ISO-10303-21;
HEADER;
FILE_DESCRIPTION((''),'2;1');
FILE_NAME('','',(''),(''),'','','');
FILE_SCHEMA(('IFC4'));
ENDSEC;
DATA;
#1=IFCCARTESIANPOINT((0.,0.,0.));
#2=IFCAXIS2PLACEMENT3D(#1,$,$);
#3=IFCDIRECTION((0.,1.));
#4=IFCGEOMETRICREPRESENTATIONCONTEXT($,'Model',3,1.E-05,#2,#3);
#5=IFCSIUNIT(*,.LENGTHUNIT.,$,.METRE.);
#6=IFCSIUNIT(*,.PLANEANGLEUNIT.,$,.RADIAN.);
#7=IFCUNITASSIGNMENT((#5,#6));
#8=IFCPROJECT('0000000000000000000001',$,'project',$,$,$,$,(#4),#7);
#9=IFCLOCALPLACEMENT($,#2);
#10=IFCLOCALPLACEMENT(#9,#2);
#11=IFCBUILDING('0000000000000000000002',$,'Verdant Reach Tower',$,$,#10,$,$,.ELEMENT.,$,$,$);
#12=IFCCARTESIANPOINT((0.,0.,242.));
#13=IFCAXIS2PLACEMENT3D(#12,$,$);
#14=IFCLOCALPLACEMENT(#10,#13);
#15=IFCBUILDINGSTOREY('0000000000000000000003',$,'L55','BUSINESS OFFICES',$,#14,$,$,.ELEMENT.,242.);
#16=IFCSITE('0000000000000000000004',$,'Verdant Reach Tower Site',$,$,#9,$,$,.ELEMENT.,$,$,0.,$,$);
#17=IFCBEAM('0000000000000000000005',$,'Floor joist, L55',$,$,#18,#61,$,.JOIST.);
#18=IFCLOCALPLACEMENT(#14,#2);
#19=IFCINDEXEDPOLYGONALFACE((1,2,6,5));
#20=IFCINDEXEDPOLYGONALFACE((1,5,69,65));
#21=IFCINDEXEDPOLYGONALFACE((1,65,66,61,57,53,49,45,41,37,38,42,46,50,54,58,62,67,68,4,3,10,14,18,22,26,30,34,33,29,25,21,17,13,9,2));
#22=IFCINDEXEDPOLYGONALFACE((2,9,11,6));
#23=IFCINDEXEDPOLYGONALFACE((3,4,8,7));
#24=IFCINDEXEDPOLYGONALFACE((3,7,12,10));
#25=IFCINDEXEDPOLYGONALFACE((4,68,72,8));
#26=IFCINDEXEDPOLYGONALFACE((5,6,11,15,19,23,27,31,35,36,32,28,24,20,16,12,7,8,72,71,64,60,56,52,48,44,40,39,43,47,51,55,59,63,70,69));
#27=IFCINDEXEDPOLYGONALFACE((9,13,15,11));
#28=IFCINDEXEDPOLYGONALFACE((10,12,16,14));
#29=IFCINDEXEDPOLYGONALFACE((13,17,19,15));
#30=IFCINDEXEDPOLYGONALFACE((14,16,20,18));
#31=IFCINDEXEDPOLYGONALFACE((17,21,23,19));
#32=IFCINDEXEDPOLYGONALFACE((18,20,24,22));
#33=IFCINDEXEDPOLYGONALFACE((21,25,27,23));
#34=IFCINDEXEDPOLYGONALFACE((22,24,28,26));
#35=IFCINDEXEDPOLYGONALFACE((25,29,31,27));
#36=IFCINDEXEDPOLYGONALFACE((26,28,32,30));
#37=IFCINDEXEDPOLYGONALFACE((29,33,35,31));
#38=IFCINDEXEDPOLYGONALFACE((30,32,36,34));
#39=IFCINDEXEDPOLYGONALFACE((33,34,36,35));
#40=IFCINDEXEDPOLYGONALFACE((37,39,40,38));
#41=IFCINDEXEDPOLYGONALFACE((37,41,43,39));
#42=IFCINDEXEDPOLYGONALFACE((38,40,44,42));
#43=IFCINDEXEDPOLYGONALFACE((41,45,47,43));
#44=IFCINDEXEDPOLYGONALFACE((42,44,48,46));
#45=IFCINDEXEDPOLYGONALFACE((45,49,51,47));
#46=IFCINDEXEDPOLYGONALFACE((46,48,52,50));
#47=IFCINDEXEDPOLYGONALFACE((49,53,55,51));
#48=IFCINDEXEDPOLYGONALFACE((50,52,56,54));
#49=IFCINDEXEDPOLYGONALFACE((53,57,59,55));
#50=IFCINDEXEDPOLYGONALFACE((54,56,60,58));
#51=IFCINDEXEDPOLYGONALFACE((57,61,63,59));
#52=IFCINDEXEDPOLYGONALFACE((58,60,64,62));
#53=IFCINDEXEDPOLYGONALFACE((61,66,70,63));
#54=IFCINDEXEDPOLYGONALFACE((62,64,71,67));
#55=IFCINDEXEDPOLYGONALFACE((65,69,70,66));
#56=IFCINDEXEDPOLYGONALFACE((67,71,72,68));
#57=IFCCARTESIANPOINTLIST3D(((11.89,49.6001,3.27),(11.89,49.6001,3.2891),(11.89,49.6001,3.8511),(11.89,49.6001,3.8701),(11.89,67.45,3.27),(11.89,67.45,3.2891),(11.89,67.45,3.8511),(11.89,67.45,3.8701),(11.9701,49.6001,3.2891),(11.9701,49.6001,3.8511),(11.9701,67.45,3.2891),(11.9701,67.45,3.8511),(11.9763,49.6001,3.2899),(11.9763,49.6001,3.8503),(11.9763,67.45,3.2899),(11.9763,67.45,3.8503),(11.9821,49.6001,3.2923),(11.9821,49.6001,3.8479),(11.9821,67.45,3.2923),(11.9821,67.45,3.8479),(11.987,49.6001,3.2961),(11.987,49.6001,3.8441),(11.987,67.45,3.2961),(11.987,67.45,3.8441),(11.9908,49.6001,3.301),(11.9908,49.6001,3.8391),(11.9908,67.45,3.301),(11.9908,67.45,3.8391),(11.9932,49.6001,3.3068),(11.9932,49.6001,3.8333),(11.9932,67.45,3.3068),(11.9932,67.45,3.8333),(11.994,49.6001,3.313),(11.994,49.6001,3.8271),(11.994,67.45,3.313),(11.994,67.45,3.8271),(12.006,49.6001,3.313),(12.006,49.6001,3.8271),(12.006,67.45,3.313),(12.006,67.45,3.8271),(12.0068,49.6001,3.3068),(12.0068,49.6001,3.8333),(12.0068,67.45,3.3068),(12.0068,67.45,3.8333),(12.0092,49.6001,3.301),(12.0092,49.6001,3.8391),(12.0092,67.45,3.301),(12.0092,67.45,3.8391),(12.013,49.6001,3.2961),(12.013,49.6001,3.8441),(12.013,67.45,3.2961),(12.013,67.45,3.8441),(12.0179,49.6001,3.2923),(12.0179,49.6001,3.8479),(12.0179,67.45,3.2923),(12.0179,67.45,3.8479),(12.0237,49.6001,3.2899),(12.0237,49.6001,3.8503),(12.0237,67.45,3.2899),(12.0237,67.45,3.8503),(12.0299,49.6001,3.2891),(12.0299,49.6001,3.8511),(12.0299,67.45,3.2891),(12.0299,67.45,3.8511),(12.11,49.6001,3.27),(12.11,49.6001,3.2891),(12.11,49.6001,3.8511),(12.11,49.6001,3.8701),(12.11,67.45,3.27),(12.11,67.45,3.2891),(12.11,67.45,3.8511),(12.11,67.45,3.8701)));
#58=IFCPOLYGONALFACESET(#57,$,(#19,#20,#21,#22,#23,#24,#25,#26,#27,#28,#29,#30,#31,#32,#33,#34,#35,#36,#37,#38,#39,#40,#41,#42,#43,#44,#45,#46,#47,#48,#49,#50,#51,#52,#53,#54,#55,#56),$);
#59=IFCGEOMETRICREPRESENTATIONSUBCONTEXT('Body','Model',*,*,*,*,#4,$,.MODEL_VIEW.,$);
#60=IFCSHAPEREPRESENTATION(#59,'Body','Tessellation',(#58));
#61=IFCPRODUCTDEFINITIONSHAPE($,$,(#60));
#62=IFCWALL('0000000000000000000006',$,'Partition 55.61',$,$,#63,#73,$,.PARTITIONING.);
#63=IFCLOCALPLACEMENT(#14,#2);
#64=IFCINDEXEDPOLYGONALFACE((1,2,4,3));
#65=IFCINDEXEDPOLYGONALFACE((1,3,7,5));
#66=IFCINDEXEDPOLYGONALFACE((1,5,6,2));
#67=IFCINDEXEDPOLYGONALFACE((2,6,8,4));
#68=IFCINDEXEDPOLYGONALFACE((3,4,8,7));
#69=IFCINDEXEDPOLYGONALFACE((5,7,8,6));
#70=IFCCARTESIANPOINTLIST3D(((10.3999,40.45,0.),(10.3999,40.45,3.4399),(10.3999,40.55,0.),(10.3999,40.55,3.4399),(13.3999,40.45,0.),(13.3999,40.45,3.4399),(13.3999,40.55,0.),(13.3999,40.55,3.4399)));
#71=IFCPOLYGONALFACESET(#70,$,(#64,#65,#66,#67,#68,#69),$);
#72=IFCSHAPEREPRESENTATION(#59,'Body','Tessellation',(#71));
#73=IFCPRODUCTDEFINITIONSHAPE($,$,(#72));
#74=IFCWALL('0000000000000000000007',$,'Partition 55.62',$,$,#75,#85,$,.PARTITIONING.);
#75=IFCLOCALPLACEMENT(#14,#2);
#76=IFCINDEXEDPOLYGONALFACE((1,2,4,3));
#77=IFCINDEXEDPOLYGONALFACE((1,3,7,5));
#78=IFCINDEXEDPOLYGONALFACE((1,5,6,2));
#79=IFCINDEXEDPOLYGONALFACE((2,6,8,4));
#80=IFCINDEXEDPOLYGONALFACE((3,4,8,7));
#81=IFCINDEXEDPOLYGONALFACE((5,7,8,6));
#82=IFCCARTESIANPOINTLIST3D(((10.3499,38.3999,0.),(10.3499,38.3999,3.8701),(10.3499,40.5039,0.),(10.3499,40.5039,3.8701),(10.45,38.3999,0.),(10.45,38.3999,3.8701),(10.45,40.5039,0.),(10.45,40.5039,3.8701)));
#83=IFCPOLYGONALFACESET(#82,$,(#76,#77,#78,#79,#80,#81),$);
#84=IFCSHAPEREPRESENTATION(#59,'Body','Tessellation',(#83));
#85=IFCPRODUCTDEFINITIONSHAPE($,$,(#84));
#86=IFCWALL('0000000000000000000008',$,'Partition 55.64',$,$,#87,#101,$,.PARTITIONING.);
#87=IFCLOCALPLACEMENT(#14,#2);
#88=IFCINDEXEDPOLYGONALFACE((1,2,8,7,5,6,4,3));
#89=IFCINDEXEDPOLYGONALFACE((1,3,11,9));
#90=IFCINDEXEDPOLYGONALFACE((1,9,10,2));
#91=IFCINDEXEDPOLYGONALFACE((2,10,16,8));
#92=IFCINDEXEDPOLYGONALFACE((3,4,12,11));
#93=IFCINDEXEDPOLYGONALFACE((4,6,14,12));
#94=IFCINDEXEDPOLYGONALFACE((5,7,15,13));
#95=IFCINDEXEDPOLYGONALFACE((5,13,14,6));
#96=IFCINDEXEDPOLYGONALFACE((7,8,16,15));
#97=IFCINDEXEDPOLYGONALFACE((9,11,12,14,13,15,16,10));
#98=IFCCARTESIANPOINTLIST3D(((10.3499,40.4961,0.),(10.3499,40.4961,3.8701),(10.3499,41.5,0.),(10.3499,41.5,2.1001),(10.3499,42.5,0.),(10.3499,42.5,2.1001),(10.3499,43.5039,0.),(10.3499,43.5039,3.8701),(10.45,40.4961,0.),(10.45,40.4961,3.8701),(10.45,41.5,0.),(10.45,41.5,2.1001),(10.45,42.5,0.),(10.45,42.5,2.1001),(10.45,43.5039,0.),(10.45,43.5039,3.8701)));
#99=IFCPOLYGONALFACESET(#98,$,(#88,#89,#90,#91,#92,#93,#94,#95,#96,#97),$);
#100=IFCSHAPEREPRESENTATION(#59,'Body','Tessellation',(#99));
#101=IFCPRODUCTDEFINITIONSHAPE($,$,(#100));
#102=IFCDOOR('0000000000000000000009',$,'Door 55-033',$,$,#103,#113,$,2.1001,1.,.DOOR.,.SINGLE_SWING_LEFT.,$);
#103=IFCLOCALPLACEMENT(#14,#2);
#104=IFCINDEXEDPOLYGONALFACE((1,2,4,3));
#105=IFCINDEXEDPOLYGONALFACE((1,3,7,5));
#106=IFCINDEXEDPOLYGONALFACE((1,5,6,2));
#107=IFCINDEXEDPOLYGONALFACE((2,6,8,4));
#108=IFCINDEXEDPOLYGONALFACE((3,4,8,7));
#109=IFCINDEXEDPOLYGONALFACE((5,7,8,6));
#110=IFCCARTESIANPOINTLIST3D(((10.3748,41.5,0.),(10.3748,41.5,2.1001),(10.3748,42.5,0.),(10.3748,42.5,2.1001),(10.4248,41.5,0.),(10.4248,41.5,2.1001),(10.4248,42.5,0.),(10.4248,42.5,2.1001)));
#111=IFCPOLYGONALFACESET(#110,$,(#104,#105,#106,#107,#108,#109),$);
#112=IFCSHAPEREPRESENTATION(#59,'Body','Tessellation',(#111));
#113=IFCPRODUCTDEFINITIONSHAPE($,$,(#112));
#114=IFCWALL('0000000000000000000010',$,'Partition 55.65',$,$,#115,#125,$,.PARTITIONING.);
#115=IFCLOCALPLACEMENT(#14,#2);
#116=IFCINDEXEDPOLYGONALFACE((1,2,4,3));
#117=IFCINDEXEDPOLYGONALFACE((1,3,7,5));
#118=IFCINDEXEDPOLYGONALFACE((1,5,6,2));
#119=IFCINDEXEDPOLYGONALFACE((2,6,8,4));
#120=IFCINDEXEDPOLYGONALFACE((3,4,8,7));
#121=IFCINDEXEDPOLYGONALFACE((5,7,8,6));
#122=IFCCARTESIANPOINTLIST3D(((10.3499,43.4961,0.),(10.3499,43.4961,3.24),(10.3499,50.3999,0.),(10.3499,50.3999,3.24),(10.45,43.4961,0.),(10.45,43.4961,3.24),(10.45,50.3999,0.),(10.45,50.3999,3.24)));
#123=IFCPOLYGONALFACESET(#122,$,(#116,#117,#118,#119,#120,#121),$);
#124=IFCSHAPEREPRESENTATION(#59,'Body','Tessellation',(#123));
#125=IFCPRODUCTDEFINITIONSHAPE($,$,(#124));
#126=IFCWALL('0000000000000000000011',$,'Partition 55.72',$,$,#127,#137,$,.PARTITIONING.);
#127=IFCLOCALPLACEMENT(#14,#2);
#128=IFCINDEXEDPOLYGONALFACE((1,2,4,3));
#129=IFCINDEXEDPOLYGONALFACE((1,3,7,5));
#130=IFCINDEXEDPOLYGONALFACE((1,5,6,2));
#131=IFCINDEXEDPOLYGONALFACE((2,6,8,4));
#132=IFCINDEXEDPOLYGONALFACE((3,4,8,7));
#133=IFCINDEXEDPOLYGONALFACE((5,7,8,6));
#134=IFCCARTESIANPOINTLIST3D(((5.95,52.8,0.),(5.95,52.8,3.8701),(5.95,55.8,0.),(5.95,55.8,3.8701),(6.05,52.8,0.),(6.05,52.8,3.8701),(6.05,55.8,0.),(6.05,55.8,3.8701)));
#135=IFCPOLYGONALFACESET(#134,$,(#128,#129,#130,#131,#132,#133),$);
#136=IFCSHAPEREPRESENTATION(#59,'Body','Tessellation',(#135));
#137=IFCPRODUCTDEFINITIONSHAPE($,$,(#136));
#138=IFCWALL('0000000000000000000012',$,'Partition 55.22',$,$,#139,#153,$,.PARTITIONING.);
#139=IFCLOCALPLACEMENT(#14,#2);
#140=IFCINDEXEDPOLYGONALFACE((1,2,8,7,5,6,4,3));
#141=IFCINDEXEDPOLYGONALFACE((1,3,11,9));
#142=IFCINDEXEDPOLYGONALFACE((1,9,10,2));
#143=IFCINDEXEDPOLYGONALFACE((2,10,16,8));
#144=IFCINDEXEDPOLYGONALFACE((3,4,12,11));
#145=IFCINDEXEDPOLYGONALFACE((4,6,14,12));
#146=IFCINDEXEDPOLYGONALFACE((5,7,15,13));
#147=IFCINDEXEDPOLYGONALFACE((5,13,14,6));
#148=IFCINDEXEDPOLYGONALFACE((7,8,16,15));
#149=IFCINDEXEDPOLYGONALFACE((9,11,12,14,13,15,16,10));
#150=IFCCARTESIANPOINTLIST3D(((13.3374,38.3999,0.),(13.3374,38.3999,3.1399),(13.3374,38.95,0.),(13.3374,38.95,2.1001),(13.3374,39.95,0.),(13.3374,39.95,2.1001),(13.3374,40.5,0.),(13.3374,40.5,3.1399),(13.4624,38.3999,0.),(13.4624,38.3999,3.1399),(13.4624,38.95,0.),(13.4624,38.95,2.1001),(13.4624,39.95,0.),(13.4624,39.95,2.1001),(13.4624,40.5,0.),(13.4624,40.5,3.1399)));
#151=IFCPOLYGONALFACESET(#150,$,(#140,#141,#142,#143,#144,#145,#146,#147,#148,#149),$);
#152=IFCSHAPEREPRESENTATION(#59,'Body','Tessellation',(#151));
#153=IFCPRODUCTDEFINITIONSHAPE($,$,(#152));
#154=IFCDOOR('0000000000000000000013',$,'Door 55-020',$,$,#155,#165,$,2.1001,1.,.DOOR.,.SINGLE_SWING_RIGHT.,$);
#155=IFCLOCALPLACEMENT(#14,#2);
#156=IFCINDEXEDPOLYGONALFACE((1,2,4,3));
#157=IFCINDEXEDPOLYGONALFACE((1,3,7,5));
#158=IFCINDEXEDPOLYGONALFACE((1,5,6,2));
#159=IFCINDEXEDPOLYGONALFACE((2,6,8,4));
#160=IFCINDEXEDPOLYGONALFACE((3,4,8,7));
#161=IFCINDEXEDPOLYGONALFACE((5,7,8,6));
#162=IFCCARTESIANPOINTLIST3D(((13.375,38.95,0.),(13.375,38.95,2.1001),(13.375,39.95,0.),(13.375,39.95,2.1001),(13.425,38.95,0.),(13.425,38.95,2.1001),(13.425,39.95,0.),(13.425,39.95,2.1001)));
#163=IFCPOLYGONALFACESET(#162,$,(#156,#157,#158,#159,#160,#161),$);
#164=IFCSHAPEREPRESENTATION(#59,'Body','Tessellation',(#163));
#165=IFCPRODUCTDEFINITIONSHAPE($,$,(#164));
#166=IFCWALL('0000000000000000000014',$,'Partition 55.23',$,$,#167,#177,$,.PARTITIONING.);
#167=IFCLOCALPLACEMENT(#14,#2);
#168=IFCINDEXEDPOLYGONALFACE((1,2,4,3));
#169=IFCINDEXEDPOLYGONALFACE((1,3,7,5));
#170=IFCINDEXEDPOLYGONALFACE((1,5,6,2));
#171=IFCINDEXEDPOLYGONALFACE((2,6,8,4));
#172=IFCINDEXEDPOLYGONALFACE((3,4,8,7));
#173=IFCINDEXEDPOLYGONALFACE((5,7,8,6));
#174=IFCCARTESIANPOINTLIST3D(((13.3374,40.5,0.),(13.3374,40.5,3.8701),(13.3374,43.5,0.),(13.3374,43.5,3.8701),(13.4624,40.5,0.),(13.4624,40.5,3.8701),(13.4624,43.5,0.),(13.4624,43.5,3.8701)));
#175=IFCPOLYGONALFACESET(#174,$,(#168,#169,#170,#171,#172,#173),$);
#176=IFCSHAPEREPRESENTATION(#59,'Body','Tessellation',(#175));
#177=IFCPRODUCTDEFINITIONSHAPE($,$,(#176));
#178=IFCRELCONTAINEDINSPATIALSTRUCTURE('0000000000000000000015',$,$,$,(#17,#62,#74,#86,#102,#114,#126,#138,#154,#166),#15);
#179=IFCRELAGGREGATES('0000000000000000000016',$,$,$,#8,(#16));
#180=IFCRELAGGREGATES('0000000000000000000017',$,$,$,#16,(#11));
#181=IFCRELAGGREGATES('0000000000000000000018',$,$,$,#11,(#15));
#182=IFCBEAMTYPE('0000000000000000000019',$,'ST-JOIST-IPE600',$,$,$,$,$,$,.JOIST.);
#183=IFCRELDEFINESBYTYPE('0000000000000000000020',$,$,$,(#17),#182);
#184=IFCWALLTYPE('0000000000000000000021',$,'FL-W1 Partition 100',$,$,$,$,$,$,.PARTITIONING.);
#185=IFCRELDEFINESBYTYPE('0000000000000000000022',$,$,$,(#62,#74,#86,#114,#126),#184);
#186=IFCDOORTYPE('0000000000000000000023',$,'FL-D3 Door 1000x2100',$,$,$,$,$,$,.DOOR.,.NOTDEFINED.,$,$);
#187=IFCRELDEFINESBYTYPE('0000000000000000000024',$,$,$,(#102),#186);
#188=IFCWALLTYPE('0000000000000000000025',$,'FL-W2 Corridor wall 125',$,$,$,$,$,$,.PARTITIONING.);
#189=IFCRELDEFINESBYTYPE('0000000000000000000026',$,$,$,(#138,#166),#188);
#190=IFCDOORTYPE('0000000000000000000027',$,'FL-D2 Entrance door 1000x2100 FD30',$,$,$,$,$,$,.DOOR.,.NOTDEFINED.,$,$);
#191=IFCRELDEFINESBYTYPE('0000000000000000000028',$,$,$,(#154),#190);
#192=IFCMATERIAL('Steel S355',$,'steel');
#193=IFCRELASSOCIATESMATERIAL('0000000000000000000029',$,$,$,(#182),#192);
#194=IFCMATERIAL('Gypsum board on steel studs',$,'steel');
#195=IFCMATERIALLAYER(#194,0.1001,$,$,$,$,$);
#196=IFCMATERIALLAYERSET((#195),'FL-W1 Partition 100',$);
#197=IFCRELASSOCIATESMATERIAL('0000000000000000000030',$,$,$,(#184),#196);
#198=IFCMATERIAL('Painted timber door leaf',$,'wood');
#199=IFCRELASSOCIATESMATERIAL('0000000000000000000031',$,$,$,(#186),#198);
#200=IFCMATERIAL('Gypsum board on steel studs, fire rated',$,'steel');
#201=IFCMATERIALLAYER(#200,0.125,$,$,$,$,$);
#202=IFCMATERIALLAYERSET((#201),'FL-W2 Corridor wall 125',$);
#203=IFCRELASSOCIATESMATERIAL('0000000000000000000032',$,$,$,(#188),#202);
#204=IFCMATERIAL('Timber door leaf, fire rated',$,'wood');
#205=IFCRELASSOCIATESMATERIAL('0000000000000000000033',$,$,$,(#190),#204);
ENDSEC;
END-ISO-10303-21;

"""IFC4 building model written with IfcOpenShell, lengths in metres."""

from ifc_helpers import new_model, si_unit, direction, frame, frame_2d, origin, origin_2d, place, context, subcontext, project, spatial, rectangle, i_section, extrude, material, layer, layer_set, material_profile, profile_set, type_object, element, fill, save


model = new_model("IFC4")

# Units and contexts
model_context = context("Model", 3, precision=1e-05, world=origin(), true_north=direction((0.0, 1.0)))
body_context = subcontext(model_context, "Body", "Model", "MODEL_VIEW")
ifc_project = project(units=[si_unit("LENGTHUNIT", "METRE"), si_unit("PLANEANGLEUNIT", "RADIAN")], contexts=[model_context])

# Site, building, storey
site_placement = place(None, origin())
site = spatial("IfcSite", under=ifc_project, at=site_placement, Name="Verdant Reach Tower Site", CompositionType="ELEMENT", RefElevation=0.0)
building_placement = place(site_placement, origin())
building = spatial("IfcBuilding", under=site, at=building_placement, Name="Verdant Reach Tower", CompositionType="ELEMENT")
storey_placement = place(building_placement, frame((0.0, 0.0, 242.0)))
storey = spatial("IfcBuildingStorey", under=building, at=storey_placement, Name="L55", Description="BUSINESS OFFICES", CompositionType="ELEMENT", Elevation=242.0)

# Beam
ifc_material_1 = material(Name="Steel S355", Category="steel")
ifc_material_profile_1 = material_profile(ifc_material_1, i_section(OverallWidth=0.22, OverallDepth=0.6001, WebThickness=0.012, FlangeThickness=0.019, FilletRadius=0.0239, at=origin_2d()), Name="IPE 600")
ifc_profile_set_1 = profile_set([ifc_material_profile_1], Name="Steel S355")
beam_type_1 = type_object("IfcBeamType", Name="ST-JOIST-IPE600", PredefinedType="JOIST", material=ifc_profile_set_1)
beam_1_placement = place(storey_placement, frame((12.0, 49.6001, 3.5701), z_axis=(0.0, 1.0, 0.0), x_axis=(-1.0, 0.0, 0.0)))
element("IfcBeam", 1, at=beam_1_placement, inside=storey, type_object=beam_type_1, Name="Floor joist, L55", PredefinedType="JOIST", context=body_context, shape_type="SweptSolid", body=[
    extrude(i_section(OverallWidth=0.22, OverallDepth=0.6001, WebThickness=0.012, FlangeThickness=0.019, FilletRadius=0.0239, at=origin_2d()), origin(), (0.0, 0.0, 1.0), 17.8499),
])

# Walls
ifc_material_2 = material(Name="Gypsum board on steel studs", Category="steel")
ifc_layer_1 = layer(ifc_material_2, 0.1001)
ifc_layer_set_1 = layer_set([ifc_layer_1], Name="FL-W1 Partition 100")
wall_type_1 = type_object("IfcWallType", Name="FL-W1 Partition 100", PredefinedType="PARTITIONING", material=ifc_layer_set_1)
wall_1_placement = place(storey_placement, frame((13.3999, 40.5, 0.0), z_axis=(0.0, 0.0, 1.0), x_axis=(-1.0, 0.0, 0.0)))
element("IfcWall", 2, at=wall_1_placement, inside=storey, type_object=wall_type_1, Name="Partition 55.61", PredefinedType="PARTITIONING", context=body_context, shape_type="SweptSolid", body=[
    extrude(rectangle(XDim=3.0, YDim=0.1001, at=frame_2d((1.5, 0.0))), origin(), (0.0, 0.0, 1.0), 3.4399),
])
wall_2_placement = place(storey_placement, frame((10.3999, 40.5039, 0.0), z_axis=(0.0, 0.0, 1.0), x_axis=(0.0, -1.0, 0.0)))
element("IfcWall", 3, at=wall_2_placement, inside=storey, type_object=wall_type_1, Name="Partition 55.62", PredefinedType="PARTITIONING", context=body_context, shape_type="SweptSolid", body=[
    extrude(rectangle(XDim=2.104, YDim=0.1001, at=frame_2d((1.052, 0.0))), origin(), (0.0, 0.0, 1.0), 3.8701),
])

# Wall, opening, door
wall_3_placement = place(storey_placement, frame((10.3999, 43.5039, 0.0), z_axis=(0.0, 0.0, 1.0), x_axis=(0.0, -1.0, 0.0)))
wall_3 = element("IfcWall", 4, at=wall_3_placement, inside=storey, type_object=wall_type_1, Name="Partition 55.64", PredefinedType="PARTITIONING", context=body_context, shape_type="SweptSolid", body=[
    extrude(rectangle(XDim=3.0078, YDim=0.1001, at=frame_2d((1.5039, 0.0))), origin(), (0.0, 0.0, 1.0), 3.8701),
])
opening_1_placement = place(wall_3_placement, frame((1.0039, 0.0, 0.0)))
opening_1 = element("IfcOpeningElement", 5, at=opening_1_placement, cuts=wall_3, PredefinedType="OPENING", context=body_context, shape_type="SweptSolid", body=[
    extrude(rectangle(XDim=1.0, YDim=2.1001, at=frame_2d((0.5, 1.05))), frame((0.0, 0.0601, 0.0), z_axis=(0.0, -1.0, 0.0), x_axis=(1.0, 0.0, 0.0)), (0.0, 0.0, 1.0), 0.1201),
])
ifc_material_3 = material(Name="Painted timber door leaf", Category="wood")
door_type_1 = type_object("IfcDoorType", Name="FL-D3 Door 1000x2100", OperationType="NOTDEFINED", PredefinedType="DOOR", material=ifc_material_3)
door_1_placement = place(opening_1_placement, origin())
door_1 = element("IfcDoor", 6, at=door_1_placement, inside=storey, type_object=door_type_1, Name="Door 55-033", OperationType="SINGLE_SWING_LEFT", OverallHeight=2.1001, OverallWidth=1.0, PredefinedType="DOOR", context=body_context, shape_type="SweptSolid", body=[
    extrude(rectangle(XDim=1.0, YDim=2.1001, at=frame_2d((0.5, 1.05))), frame((0.0, 0.0249, 0.0), z_axis=(0.0, -1.0, 0.0), x_axis=(1.0, 0.0, 0.0)), (0.0, 0.0, 1.0), 0.05),
])
fill(opening_1, door_1)

# Walls
wall_4_placement = place(storey_placement, frame((10.3999, 50.3999, 0.0), z_axis=(0.0, 0.0, 1.0), x_axis=(0.0, -1.0, 0.0)))
element("IfcWall", 7, at=wall_4_placement, inside=storey, type_object=wall_type_1, Name="Partition 55.65", PredefinedType="PARTITIONING", context=body_context, shape_type="SweptSolid", body=[
    extrude(rectangle(XDim=6.9038, YDim=0.1001, at=frame_2d((3.4519, 0.0))), origin(), (0.0, 0.0, 1.0), 3.24),
])
wall_5_placement = place(storey_placement, frame((6.0, 52.8, 0.0), z_axis=(0.0, 0.0, 1.0), x_axis=(0.0, 1.0, 0.0)))
element("IfcWall", 8, at=wall_5_placement, inside=storey, type_object=wall_type_1, Name="Partition 55.72", PredefinedType="PARTITIONING", context=body_context, shape_type="SweptSolid", body=[
    extrude(rectangle(XDim=3.0, YDim=0.1001, at=frame_2d((1.5, 0.0))), origin(), (0.0, 0.0, 1.0), 3.8701),
])

# Wall, opening, door
ifc_material_4 = material(Name="Gypsum board on steel studs, fire rated", Category="steel")
ifc_layer_2 = layer(ifc_material_4, 0.125)
ifc_layer_set_2 = layer_set([ifc_layer_2], Name="FL-W2 Corridor wall 125")
wall_type_2 = type_object("IfcWallType", Name="FL-W2 Corridor wall 125", PredefinedType="PARTITIONING", material=ifc_layer_set_2)
wall_6_placement = place(storey_placement, frame((13.3999, 38.3999, 0.0), z_axis=(0.0, 0.0, 1.0), x_axis=(0.0, 1.0, 0.0)))
wall_6 = element("IfcWall", 9, at=wall_6_placement, inside=storey, type_object=wall_type_2, Name="Partition 55.22", PredefinedType="PARTITIONING", context=body_context, shape_type="SweptSolid", body=[
    extrude(rectangle(XDim=2.1001, YDim=0.125, at=frame_2d((1.05, 0.0))), origin(), (0.0, 0.0, 1.0), 3.1399),
])
opening_2_placement = place(wall_6_placement, frame((0.55, 0.0, 0.0)))
opening_2 = element("IfcOpeningElement", 10, at=opening_2_placement, cuts=wall_6, PredefinedType="OPENING", context=body_context, shape_type="SweptSolid", body=[
    extrude(rectangle(XDim=1.0, YDim=2.1001, at=frame_2d((0.5, 1.05))), frame((0.0, 0.0725, 0.0), z_axis=(0.0, -1.0, 0.0), x_axis=(1.0, 0.0, 0.0)), (0.0, 0.0, 1.0), 0.145),
])
ifc_material_5 = material(Name="Timber door leaf, fire rated", Category="wood")
door_type_2 = type_object("IfcDoorType", Name="FL-D2 Entrance door 1000x2100 FD30", OperationType="NOTDEFINED", PredefinedType="DOOR", material=ifc_material_5)
door_2_placement = place(opening_2_placement, origin())
door_2 = element("IfcDoor", 11, at=door_2_placement, inside=storey, type_object=door_type_2, Name="Door 55-020", OperationType="SINGLE_SWING_RIGHT", OverallHeight=2.1001, OverallWidth=1.0, PredefinedType="DOOR", context=body_context, shape_type="SweptSolid", body=[
    extrude(rectangle(XDim=1.0, YDim=2.1001, at=frame_2d((0.5, 1.05))), frame((0.0, 0.0249, 0.0), z_axis=(0.0, -1.0, 0.0), x_axis=(1.0, 0.0, 0.0)), (0.0, 0.0, 1.0), 0.05),
])
fill(opening_2, door_2)

# Wall
wall_7_placement = place(storey_placement, frame((13.3999, 40.5, 0.0), z_axis=(0.0, 0.0, 1.0), x_axis=(0.0, 1.0, 0.0)))
element("IfcWall", 12, at=wall_7_placement, inside=storey, type_object=wall_type_2, Name="Partition 55.23", PredefinedType="PARTITIONING", context=body_context, shape_type="SweptSolid", body=[
    extrude(rectangle(XDim=3.0, YDim=0.125, at=frame_2d((1.5, 0.0))), origin(), (0.0, 0.0, 1.0), 3.8701),
])

save(model, "model.ifc")
